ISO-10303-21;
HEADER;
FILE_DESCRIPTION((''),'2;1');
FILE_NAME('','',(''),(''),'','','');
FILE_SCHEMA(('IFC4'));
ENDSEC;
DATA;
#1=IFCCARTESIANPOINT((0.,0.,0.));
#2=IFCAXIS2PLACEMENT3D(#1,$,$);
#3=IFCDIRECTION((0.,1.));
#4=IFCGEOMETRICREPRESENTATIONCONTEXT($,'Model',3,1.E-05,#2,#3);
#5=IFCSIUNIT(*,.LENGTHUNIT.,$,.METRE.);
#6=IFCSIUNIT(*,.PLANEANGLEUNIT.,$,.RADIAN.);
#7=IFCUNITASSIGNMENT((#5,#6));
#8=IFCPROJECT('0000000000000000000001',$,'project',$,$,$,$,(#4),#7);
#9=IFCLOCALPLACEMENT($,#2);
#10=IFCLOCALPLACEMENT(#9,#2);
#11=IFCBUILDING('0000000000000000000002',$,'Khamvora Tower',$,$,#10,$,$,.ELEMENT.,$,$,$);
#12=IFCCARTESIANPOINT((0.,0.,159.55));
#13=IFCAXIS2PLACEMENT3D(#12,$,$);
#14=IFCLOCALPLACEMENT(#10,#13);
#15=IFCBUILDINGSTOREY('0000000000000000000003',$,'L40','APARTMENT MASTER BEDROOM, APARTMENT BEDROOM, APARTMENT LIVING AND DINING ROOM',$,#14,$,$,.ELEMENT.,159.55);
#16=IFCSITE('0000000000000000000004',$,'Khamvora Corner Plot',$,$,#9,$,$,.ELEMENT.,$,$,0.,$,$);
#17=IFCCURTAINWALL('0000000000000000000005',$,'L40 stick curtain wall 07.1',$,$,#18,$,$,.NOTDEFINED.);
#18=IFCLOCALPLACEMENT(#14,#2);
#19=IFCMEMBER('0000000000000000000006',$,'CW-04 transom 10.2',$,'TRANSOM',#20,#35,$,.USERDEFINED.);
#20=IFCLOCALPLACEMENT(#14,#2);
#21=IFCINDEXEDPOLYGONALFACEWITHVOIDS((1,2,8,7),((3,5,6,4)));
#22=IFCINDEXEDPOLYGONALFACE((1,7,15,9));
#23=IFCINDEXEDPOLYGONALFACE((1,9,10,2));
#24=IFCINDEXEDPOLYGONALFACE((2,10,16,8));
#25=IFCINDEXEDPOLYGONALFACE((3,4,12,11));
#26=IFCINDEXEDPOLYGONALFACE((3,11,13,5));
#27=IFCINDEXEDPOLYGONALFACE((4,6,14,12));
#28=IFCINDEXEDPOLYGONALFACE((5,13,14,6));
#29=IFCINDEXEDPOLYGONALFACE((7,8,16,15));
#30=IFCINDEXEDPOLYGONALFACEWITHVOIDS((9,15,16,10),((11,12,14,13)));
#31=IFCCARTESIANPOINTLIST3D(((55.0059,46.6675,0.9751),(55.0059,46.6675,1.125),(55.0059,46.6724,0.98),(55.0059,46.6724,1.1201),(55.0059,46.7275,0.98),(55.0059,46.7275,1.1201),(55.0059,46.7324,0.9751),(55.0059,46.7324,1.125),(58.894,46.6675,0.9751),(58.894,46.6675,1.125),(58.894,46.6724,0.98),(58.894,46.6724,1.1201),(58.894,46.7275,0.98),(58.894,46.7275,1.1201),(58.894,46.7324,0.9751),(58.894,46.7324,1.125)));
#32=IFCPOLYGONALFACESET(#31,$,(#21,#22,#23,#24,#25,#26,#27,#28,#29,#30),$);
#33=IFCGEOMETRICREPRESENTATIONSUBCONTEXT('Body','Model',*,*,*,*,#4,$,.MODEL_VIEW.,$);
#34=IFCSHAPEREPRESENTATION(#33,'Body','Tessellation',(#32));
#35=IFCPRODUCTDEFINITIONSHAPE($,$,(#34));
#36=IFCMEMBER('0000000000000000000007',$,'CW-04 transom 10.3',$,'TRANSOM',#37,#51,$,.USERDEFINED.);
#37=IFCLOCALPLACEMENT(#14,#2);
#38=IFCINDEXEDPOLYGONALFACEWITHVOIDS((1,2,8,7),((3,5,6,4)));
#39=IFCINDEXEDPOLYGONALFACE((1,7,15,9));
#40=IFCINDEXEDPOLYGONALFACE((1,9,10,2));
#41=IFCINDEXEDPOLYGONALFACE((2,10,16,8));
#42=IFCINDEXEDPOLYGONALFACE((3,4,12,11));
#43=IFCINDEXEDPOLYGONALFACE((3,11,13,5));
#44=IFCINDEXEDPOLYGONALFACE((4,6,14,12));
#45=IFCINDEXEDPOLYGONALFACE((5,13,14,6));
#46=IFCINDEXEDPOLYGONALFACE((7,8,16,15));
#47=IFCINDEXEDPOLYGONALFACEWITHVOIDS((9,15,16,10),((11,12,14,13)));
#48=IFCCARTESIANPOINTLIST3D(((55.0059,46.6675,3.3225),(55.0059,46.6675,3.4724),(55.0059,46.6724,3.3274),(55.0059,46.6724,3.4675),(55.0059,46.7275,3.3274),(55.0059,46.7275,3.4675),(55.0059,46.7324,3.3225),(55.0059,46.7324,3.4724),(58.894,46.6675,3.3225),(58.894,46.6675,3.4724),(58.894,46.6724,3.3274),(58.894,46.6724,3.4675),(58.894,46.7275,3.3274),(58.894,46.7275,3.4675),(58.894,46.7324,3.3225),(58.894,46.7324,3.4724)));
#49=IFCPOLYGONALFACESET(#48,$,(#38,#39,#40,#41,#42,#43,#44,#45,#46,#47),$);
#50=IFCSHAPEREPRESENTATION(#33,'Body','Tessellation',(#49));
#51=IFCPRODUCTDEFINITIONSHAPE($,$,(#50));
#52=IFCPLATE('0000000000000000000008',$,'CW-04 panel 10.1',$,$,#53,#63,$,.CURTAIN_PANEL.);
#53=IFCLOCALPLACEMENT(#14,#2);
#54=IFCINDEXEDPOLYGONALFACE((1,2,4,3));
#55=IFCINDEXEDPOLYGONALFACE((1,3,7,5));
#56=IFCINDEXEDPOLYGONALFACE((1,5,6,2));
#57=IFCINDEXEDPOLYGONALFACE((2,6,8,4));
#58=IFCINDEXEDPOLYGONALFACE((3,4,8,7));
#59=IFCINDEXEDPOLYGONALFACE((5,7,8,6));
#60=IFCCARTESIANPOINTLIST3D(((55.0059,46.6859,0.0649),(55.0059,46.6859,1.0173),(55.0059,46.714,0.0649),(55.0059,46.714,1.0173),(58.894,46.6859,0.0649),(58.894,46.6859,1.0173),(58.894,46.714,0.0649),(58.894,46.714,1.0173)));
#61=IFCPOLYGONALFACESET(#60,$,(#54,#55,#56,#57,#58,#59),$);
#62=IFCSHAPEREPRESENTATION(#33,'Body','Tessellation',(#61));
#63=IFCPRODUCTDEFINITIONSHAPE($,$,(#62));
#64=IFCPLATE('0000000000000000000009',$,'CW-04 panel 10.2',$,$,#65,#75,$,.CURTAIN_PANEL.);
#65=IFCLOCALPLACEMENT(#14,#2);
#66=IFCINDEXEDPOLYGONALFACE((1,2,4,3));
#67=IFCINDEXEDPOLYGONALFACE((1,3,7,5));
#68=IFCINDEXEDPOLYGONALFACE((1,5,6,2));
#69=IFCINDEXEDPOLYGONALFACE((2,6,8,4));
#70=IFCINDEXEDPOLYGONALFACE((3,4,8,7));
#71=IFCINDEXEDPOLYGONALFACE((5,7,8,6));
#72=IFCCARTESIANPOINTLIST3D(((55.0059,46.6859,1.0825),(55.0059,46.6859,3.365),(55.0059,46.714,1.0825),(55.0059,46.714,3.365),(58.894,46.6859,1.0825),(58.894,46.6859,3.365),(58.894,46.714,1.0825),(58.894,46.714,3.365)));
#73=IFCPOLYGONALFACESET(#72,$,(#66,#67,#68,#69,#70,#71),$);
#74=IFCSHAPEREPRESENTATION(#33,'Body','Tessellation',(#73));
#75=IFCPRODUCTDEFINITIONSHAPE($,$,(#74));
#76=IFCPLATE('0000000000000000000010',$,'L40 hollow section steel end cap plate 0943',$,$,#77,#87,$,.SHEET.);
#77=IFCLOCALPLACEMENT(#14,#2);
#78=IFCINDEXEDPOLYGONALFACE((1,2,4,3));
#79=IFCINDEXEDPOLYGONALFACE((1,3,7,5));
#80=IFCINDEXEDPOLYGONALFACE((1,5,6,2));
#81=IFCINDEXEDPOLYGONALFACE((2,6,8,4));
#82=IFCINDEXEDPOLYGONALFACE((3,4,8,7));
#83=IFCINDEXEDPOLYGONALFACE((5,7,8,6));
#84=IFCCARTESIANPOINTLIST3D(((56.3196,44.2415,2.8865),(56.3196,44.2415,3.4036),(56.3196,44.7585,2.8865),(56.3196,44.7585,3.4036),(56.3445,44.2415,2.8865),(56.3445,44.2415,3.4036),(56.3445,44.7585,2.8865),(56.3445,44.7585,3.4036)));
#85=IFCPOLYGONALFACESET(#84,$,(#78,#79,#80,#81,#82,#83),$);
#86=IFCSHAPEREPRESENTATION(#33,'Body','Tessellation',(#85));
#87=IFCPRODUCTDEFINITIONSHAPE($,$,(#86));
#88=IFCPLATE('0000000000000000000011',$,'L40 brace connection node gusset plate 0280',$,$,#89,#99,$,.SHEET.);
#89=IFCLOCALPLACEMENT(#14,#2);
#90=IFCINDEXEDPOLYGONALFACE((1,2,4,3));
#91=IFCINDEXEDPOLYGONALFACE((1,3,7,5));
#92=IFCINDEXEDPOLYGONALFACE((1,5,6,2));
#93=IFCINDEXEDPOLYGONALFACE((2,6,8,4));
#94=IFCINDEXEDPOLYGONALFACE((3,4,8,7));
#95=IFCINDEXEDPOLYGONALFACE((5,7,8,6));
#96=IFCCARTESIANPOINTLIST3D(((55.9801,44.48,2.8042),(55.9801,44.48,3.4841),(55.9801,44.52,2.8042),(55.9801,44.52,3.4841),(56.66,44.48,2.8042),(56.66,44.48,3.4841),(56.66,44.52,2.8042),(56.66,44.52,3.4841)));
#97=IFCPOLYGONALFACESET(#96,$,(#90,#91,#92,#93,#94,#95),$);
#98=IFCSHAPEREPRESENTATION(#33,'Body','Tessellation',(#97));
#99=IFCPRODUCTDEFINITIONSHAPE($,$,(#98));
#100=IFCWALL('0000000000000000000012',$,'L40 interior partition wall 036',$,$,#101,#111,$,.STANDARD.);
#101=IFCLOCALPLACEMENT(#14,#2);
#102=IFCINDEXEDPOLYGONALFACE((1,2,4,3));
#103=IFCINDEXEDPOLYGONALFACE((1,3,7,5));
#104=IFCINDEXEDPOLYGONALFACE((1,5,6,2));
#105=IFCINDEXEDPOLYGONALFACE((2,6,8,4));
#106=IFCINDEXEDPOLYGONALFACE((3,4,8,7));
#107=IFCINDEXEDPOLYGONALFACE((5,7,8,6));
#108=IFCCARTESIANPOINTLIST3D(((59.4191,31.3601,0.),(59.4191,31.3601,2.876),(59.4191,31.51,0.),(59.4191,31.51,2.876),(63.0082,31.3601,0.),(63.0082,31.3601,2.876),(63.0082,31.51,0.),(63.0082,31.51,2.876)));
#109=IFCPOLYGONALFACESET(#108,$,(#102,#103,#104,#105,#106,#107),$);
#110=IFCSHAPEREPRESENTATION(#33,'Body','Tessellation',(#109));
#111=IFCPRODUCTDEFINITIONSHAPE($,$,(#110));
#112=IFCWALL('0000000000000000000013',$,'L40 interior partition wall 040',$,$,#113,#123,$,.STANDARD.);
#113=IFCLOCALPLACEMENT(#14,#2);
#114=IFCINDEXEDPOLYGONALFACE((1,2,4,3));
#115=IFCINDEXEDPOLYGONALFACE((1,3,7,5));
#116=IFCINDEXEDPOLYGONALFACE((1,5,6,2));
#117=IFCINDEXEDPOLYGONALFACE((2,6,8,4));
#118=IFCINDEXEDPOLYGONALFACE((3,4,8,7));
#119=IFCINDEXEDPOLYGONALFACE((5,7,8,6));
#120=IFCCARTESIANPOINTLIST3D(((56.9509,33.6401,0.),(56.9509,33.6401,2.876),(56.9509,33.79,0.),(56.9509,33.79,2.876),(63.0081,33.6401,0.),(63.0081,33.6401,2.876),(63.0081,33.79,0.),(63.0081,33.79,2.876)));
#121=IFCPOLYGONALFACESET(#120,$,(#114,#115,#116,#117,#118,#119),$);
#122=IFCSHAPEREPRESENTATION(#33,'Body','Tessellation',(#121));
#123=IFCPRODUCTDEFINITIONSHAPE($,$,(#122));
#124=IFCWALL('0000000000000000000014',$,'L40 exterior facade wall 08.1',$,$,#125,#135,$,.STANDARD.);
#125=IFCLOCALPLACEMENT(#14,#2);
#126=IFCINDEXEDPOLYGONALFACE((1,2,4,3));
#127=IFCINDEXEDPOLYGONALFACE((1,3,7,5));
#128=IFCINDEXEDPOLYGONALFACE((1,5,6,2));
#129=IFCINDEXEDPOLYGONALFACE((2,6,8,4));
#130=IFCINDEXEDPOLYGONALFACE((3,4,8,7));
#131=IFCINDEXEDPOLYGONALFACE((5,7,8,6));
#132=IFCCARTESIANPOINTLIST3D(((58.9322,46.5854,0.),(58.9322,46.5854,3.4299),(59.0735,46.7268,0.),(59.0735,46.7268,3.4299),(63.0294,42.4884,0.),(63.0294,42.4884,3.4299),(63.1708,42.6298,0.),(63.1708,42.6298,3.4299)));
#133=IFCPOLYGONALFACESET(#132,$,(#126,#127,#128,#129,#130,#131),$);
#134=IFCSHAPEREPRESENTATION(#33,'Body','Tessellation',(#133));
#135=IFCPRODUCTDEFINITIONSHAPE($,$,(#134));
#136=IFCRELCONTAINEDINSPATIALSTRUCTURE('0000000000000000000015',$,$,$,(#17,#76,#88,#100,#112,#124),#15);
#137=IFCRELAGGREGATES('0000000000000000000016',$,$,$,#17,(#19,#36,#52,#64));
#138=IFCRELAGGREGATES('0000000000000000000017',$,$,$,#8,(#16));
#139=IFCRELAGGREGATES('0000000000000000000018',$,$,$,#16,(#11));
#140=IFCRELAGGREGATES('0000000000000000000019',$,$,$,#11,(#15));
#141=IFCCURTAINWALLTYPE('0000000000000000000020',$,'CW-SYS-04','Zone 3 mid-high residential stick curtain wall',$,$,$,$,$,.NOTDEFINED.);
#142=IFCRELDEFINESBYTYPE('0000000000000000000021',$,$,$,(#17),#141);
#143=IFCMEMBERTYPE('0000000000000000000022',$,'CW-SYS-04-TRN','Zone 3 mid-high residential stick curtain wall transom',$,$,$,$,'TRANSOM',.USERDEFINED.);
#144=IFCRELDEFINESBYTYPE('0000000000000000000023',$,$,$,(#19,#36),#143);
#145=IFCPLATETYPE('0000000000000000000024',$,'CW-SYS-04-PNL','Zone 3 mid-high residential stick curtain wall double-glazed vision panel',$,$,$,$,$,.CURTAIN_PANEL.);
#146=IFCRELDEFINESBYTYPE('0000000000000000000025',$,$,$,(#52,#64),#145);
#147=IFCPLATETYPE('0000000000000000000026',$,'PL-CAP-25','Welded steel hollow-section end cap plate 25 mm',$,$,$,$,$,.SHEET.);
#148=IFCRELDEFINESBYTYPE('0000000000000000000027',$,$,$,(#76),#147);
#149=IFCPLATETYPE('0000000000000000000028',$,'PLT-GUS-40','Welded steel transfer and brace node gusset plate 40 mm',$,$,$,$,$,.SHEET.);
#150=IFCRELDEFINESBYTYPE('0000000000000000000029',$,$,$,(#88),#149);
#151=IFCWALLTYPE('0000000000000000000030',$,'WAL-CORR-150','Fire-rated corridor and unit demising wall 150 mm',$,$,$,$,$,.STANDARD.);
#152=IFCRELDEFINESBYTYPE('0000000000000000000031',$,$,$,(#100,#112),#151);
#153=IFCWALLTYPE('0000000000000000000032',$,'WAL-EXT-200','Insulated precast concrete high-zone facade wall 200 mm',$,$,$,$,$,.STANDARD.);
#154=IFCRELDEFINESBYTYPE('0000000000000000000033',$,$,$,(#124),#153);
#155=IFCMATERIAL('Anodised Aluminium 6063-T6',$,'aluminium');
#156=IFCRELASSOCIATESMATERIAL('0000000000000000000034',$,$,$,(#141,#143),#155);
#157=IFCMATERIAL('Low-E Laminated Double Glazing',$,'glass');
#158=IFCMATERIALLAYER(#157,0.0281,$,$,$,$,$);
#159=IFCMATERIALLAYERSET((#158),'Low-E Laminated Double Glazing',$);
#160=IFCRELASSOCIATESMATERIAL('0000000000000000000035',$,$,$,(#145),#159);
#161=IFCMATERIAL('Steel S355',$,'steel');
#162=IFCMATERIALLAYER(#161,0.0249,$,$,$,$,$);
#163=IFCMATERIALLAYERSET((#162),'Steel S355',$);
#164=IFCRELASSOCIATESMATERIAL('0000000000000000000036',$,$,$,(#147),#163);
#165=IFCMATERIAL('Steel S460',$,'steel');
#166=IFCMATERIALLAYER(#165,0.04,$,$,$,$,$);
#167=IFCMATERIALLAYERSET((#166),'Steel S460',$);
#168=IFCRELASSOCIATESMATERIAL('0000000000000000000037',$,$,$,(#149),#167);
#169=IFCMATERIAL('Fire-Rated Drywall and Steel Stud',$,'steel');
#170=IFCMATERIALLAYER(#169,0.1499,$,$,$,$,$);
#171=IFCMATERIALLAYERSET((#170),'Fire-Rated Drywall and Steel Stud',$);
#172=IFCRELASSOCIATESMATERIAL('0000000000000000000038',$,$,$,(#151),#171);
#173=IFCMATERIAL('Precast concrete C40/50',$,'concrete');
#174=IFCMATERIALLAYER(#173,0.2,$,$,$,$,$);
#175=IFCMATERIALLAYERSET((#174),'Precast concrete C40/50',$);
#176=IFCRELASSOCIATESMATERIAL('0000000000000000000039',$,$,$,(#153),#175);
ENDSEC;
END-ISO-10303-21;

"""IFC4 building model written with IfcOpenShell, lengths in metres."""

from ifc_helpers import new_model, si_unit, direction, frame, frame_2d, origin, origin_2d, place, context, subcontext, project, spatial, rectangle, hollow_rectangle, extrude, material, layer, layer_set, material_profile, profile_set, type_object, element, aggregate, save


model = new_model("IFC4")

# Units and contexts
model_context = context("Model", 3, precision=1e-05, world=origin(), true_north=direction((0.0, 1.0)))
body_context = subcontext(model_context, "Body", "Model", "MODEL_VIEW")
ifc_project = project(units=[si_unit("LENGTHUNIT", "METRE"), si_unit("PLANEANGLEUNIT", "RADIAN")], contexts=[model_context])

# Site, building, storey
site_placement = place(None, origin())
site = spatial("IfcSite", under=ifc_project, at=site_placement, Name="Khamvora Corner Plot", CompositionType="ELEMENT", RefElevation=0.0)
building_placement = place(site_placement, origin())
building = spatial("IfcBuilding", under=site, at=building_placement, Name="Khamvora Tower", CompositionType="ELEMENT")
storey_placement = place(building_placement, frame((0.0, 0.0, 159.55)))
storey = spatial("IfcBuildingStorey", under=building, at=storey_placement, Name="L40", Description="APARTMENT MASTER BEDROOM, APARTMENT BEDROOM, APARTMENT LIVING AND DINING ROOM", CompositionType="ELEMENT", Elevation=159.55)

# Shared definitions
ifc_material_1 = material(Name="Steel S355", Category="steel")

# Curtain wall, members, plates
ifc_material_2 = material(Name="Anodised Aluminium 6063-T6", Category="aluminium")
curtain_wall_type = type_object("IfcCurtainWallType", Name="CW-SYS-04", Description="Zone 3 mid-high residential stick curtain wall", PredefinedType="NOTDEFINED", material=ifc_material_2)
curtain_wall_placement = place(storey_placement, origin())
curtain_wall = element("IfcCurtainWall", 1, at=curtain_wall_placement, inside=storey, type_object=curtain_wall_type, Name="L40 stick curtain wall 07.1", PredefinedType="NOTDEFINED")
ifc_material_profile_1 = material_profile(ifc_material_2, hollow_rectangle(XDim=0.0649, YDim=0.1499, WallThickness=0.0049, at=origin_2d()), Name="TRN65x150x5")
ifc_profile_set_1 = profile_set([ifc_material_profile_1], Name="Anodised Aluminium 6063-T6")
member_type_1 = type_object("IfcMemberType", Name="CW-SYS-04-TRN", Description="Zone 3 mid-high residential stick curtain wall transom", ElementType="TRANSOM", PredefinedType="USERDEFINED", material=ifc_profile_set_1)
member_1_placement = place(storey_placement, frame((55.0059, 46.7, 1.05), z_axis=(1.0, 0.0, 0.0), x_axis=(0.0, 1.0, 0.0)))
member_1 = element("IfcMember", 2, at=member_1_placement, type_object=member_type_1, Name="CW-04 transom 10.2", ObjectType="TRANSOM", PredefinedType="USERDEFINED", context=body_context, shape_type="SweptSolid", body=[
    extrude(hollow_rectangle(XDim=0.0649, YDim=0.1499, WallThickness=0.0049, at=origin_2d()), origin(), (0.0, 0.0, 1.0), 3.8882),
])
member_2_placement = place(storey_placement, frame((55.0059, 46.7, 3.3975), z_axis=(1.0, 0.0, 0.0), x_axis=(0.0, 1.0, 0.0)))
member_2 = element("IfcMember", 3, at=member_2_placement, type_object=member_type_1, Name="CW-04 transom 10.3", ObjectType="TRANSOM", PredefinedType="USERDEFINED", context=body_context, shape_type="SweptSolid", body=[
    extrude(hollow_rectangle(XDim=0.0649, YDim=0.1499, WallThickness=0.0049, at=origin_2d()), origin(), (0.0, 0.0, 1.0), 3.8882),
])
ifc_material_3 = material(Name="Low-E Laminated Double Glazing", Category="glass")
ifc_layer_1 = layer(ifc_material_3, 0.0281)
ifc_layer_set_1 = layer_set([ifc_layer_1], Name="Low-E Laminated Double Glazing")
plate_type_1 = type_object("IfcPlateType", Name="CW-SYS-04-PNL", Description="Zone 3 mid-high residential stick curtain wall double-glazed vision panel", PredefinedType="CURTAIN_PANEL", material=ifc_layer_set_1)
plate_1_placement = place(storey_placement, frame((56.95, 46.7, 0.0649), z_axis=(0.0, 0.0, 1.0), x_axis=(1.0, 0.0, 0.0)))
plate_1 = element("IfcPlate", 4, at=plate_1_placement, type_object=plate_type_1, Name="CW-04 panel 10.1", PredefinedType="CURTAIN_PANEL", context=body_context, shape_type="SweptSolid", body=[
    extrude(rectangle(XDim=3.8882, YDim=0.0281, at=origin_2d()), origin(), (0.0, 0.0, 1.0), 0.9524),
])
plate_2_placement = place(storey_placement, frame((56.95, 46.7, 1.0825), z_axis=(0.0, 0.0, 1.0), x_axis=(1.0, 0.0, 0.0)))
plate_2 = element("IfcPlate", 5, at=plate_2_placement, type_object=plate_type_1, Name="CW-04 panel 10.2", PredefinedType="CURTAIN_PANEL", context=body_context, shape_type="SweptSolid", body=[
    extrude(rectangle(XDim=3.8882, YDim=0.0281, at=origin_2d()), origin(), (0.0, 0.0, 1.0), 2.2825),
])
aggregate(curtain_wall, [member_1, member_2, plate_1, plate_2])

# Plates
ifc_layer_2 = layer(ifc_material_1, 0.0249)
ifc_layer_set_2 = layer_set([ifc_layer_2], Name="Steel S355")
plate_type_2 = type_object("IfcPlateType", Name="PL-CAP-25", Description="Welded steel hollow-section end cap plate 25 mm", PredefinedType="SHEET", material=ifc_layer_set_2)
plate_3_placement = place(storey_placement, frame((56.332, 44.5, 2.8865), z_axis=(0.0, 0.0, 1.0), x_axis=(1.0, 0.0, 0.0)))
element("IfcPlate", 6, at=plate_3_placement, inside=storey, type_object=plate_type_2, Name="L40 hollow section steel end cap plate 0943", PredefinedType="SHEET", context=body_context, shape_type="SweptSolid", body=[
    extrude(rectangle(XDim=0.0249, YDim=0.5171, at=origin_2d()), origin(), (0.0, 0.0, 1.0), 0.5171),
])
ifc_material_4 = material(Name="Steel S460", Category="steel")
ifc_layer_3 = layer(ifc_material_4, 0.04)
ifc_layer_set_3 = layer_set([ifc_layer_3], Name="Steel S460")
plate_type_3 = type_object("IfcPlateType", Name="PLT-GUS-40", Description="Welded steel transfer and brace node gusset plate 40 mm", PredefinedType="SHEET", material=ifc_layer_set_3)
plate_4_placement = place(storey_placement, frame((56.3201, 44.5, 2.8042), z_axis=(0.0, 0.0, 1.0), x_axis=(1.0, 0.0, 0.0)))
element("IfcPlate", 7, at=plate_4_placement, inside=storey, type_object=plate_type_3, Name="L40 brace connection node gusset plate 0280", PredefinedType="SHEET", context=body_context, shape_type="SweptSolid", body=[
    extrude(rectangle(XDim=0.6799, YDim=0.04, at=origin_2d()), origin(), (0.0, 0.0, 1.0), 0.6799),
])

# Walls
ifc_material_5 = material(Name="Fire-Rated Drywall and Steel Stud", Category="steel")
ifc_layer_4 = layer(ifc_material_5, 0.1499)
ifc_layer_set_4 = layer_set([ifc_layer_4], Name="Fire-Rated Drywall and Steel Stud")
wall_type_1 = type_object("IfcWallType", Name="WAL-CORR-150", Description="Fire-rated corridor and unit demising wall 150 mm", PredefinedType="STANDARD", material=ifc_layer_set_4)
wall_1_placement = place(storey_placement, frame((63.0081, 31.4351, 0.0), z_axis=(0.0, 0.0, 1.0), x_axis=(-1.0, 0.0, 0.0)))
element("IfcWall", 8, at=wall_1_placement, inside=storey, type_object=wall_type_1, Name="L40 interior partition wall 036", PredefinedType="STANDARD", context=body_context, shape_type="SweptSolid", body=[
    extrude(rectangle(XDim=3.5891, YDim=0.1499, at=frame_2d((1.7944, 0.0))), origin(), (0.0, 0.0, 1.0), 2.876),
])
wall_2_placement = place(storey_placement, frame((56.9509, 33.7151, 0.0), z_axis=(0.0, 0.0, 1.0), x_axis=(1.0, 0.0, 0.0)))
element("IfcWall", 9, at=wall_2_placement, inside=storey, type_object=wall_type_1, Name="L40 interior partition wall 040", PredefinedType="STANDARD", context=body_context, shape_type="SweptSolid", body=[
    extrude(rectangle(XDim=6.0571, YDim=0.1499, at=frame_2d((3.0286, 0.0))), origin(), (0.0, 0.0, 1.0), 2.876),
])
ifc_material_6 = material(Name="Precast concrete C40/50", Category="concrete")
ifc_layer_5 = layer(ifc_material_6, 0.2)
ifc_layer_set_5 = layer_set([ifc_layer_5], Name="Precast concrete C40/50")
wall_type_2 = type_object("IfcWallType", Name="WAL-EXT-200", Description="Insulated precast concrete high-zone facade wall 200 mm", PredefinedType="STANDARD", material=ifc_layer_set_5)
wall_3_placement = place(storey_placement, frame((59.0029, 46.656, 0.0), z_axis=(0.0, 0.0, 1.0), x_axis=(0.707128, -0.707086, 0.0)))
element("IfcWall", 10, at=wall_3_placement, inside=storey, type_object=wall_type_2, Name="L40 exterior facade wall 08.1", PredefinedType="STANDARD", context=body_context, shape_type="SweptSolid", body=[
    extrude(rectangle(XDim=5.7942, YDim=0.2, at=frame_2d((2.897, 0.0))), origin(), (0.0, 0.0, 1.0), 3.4299),
])

save(model, "model.ifc")
